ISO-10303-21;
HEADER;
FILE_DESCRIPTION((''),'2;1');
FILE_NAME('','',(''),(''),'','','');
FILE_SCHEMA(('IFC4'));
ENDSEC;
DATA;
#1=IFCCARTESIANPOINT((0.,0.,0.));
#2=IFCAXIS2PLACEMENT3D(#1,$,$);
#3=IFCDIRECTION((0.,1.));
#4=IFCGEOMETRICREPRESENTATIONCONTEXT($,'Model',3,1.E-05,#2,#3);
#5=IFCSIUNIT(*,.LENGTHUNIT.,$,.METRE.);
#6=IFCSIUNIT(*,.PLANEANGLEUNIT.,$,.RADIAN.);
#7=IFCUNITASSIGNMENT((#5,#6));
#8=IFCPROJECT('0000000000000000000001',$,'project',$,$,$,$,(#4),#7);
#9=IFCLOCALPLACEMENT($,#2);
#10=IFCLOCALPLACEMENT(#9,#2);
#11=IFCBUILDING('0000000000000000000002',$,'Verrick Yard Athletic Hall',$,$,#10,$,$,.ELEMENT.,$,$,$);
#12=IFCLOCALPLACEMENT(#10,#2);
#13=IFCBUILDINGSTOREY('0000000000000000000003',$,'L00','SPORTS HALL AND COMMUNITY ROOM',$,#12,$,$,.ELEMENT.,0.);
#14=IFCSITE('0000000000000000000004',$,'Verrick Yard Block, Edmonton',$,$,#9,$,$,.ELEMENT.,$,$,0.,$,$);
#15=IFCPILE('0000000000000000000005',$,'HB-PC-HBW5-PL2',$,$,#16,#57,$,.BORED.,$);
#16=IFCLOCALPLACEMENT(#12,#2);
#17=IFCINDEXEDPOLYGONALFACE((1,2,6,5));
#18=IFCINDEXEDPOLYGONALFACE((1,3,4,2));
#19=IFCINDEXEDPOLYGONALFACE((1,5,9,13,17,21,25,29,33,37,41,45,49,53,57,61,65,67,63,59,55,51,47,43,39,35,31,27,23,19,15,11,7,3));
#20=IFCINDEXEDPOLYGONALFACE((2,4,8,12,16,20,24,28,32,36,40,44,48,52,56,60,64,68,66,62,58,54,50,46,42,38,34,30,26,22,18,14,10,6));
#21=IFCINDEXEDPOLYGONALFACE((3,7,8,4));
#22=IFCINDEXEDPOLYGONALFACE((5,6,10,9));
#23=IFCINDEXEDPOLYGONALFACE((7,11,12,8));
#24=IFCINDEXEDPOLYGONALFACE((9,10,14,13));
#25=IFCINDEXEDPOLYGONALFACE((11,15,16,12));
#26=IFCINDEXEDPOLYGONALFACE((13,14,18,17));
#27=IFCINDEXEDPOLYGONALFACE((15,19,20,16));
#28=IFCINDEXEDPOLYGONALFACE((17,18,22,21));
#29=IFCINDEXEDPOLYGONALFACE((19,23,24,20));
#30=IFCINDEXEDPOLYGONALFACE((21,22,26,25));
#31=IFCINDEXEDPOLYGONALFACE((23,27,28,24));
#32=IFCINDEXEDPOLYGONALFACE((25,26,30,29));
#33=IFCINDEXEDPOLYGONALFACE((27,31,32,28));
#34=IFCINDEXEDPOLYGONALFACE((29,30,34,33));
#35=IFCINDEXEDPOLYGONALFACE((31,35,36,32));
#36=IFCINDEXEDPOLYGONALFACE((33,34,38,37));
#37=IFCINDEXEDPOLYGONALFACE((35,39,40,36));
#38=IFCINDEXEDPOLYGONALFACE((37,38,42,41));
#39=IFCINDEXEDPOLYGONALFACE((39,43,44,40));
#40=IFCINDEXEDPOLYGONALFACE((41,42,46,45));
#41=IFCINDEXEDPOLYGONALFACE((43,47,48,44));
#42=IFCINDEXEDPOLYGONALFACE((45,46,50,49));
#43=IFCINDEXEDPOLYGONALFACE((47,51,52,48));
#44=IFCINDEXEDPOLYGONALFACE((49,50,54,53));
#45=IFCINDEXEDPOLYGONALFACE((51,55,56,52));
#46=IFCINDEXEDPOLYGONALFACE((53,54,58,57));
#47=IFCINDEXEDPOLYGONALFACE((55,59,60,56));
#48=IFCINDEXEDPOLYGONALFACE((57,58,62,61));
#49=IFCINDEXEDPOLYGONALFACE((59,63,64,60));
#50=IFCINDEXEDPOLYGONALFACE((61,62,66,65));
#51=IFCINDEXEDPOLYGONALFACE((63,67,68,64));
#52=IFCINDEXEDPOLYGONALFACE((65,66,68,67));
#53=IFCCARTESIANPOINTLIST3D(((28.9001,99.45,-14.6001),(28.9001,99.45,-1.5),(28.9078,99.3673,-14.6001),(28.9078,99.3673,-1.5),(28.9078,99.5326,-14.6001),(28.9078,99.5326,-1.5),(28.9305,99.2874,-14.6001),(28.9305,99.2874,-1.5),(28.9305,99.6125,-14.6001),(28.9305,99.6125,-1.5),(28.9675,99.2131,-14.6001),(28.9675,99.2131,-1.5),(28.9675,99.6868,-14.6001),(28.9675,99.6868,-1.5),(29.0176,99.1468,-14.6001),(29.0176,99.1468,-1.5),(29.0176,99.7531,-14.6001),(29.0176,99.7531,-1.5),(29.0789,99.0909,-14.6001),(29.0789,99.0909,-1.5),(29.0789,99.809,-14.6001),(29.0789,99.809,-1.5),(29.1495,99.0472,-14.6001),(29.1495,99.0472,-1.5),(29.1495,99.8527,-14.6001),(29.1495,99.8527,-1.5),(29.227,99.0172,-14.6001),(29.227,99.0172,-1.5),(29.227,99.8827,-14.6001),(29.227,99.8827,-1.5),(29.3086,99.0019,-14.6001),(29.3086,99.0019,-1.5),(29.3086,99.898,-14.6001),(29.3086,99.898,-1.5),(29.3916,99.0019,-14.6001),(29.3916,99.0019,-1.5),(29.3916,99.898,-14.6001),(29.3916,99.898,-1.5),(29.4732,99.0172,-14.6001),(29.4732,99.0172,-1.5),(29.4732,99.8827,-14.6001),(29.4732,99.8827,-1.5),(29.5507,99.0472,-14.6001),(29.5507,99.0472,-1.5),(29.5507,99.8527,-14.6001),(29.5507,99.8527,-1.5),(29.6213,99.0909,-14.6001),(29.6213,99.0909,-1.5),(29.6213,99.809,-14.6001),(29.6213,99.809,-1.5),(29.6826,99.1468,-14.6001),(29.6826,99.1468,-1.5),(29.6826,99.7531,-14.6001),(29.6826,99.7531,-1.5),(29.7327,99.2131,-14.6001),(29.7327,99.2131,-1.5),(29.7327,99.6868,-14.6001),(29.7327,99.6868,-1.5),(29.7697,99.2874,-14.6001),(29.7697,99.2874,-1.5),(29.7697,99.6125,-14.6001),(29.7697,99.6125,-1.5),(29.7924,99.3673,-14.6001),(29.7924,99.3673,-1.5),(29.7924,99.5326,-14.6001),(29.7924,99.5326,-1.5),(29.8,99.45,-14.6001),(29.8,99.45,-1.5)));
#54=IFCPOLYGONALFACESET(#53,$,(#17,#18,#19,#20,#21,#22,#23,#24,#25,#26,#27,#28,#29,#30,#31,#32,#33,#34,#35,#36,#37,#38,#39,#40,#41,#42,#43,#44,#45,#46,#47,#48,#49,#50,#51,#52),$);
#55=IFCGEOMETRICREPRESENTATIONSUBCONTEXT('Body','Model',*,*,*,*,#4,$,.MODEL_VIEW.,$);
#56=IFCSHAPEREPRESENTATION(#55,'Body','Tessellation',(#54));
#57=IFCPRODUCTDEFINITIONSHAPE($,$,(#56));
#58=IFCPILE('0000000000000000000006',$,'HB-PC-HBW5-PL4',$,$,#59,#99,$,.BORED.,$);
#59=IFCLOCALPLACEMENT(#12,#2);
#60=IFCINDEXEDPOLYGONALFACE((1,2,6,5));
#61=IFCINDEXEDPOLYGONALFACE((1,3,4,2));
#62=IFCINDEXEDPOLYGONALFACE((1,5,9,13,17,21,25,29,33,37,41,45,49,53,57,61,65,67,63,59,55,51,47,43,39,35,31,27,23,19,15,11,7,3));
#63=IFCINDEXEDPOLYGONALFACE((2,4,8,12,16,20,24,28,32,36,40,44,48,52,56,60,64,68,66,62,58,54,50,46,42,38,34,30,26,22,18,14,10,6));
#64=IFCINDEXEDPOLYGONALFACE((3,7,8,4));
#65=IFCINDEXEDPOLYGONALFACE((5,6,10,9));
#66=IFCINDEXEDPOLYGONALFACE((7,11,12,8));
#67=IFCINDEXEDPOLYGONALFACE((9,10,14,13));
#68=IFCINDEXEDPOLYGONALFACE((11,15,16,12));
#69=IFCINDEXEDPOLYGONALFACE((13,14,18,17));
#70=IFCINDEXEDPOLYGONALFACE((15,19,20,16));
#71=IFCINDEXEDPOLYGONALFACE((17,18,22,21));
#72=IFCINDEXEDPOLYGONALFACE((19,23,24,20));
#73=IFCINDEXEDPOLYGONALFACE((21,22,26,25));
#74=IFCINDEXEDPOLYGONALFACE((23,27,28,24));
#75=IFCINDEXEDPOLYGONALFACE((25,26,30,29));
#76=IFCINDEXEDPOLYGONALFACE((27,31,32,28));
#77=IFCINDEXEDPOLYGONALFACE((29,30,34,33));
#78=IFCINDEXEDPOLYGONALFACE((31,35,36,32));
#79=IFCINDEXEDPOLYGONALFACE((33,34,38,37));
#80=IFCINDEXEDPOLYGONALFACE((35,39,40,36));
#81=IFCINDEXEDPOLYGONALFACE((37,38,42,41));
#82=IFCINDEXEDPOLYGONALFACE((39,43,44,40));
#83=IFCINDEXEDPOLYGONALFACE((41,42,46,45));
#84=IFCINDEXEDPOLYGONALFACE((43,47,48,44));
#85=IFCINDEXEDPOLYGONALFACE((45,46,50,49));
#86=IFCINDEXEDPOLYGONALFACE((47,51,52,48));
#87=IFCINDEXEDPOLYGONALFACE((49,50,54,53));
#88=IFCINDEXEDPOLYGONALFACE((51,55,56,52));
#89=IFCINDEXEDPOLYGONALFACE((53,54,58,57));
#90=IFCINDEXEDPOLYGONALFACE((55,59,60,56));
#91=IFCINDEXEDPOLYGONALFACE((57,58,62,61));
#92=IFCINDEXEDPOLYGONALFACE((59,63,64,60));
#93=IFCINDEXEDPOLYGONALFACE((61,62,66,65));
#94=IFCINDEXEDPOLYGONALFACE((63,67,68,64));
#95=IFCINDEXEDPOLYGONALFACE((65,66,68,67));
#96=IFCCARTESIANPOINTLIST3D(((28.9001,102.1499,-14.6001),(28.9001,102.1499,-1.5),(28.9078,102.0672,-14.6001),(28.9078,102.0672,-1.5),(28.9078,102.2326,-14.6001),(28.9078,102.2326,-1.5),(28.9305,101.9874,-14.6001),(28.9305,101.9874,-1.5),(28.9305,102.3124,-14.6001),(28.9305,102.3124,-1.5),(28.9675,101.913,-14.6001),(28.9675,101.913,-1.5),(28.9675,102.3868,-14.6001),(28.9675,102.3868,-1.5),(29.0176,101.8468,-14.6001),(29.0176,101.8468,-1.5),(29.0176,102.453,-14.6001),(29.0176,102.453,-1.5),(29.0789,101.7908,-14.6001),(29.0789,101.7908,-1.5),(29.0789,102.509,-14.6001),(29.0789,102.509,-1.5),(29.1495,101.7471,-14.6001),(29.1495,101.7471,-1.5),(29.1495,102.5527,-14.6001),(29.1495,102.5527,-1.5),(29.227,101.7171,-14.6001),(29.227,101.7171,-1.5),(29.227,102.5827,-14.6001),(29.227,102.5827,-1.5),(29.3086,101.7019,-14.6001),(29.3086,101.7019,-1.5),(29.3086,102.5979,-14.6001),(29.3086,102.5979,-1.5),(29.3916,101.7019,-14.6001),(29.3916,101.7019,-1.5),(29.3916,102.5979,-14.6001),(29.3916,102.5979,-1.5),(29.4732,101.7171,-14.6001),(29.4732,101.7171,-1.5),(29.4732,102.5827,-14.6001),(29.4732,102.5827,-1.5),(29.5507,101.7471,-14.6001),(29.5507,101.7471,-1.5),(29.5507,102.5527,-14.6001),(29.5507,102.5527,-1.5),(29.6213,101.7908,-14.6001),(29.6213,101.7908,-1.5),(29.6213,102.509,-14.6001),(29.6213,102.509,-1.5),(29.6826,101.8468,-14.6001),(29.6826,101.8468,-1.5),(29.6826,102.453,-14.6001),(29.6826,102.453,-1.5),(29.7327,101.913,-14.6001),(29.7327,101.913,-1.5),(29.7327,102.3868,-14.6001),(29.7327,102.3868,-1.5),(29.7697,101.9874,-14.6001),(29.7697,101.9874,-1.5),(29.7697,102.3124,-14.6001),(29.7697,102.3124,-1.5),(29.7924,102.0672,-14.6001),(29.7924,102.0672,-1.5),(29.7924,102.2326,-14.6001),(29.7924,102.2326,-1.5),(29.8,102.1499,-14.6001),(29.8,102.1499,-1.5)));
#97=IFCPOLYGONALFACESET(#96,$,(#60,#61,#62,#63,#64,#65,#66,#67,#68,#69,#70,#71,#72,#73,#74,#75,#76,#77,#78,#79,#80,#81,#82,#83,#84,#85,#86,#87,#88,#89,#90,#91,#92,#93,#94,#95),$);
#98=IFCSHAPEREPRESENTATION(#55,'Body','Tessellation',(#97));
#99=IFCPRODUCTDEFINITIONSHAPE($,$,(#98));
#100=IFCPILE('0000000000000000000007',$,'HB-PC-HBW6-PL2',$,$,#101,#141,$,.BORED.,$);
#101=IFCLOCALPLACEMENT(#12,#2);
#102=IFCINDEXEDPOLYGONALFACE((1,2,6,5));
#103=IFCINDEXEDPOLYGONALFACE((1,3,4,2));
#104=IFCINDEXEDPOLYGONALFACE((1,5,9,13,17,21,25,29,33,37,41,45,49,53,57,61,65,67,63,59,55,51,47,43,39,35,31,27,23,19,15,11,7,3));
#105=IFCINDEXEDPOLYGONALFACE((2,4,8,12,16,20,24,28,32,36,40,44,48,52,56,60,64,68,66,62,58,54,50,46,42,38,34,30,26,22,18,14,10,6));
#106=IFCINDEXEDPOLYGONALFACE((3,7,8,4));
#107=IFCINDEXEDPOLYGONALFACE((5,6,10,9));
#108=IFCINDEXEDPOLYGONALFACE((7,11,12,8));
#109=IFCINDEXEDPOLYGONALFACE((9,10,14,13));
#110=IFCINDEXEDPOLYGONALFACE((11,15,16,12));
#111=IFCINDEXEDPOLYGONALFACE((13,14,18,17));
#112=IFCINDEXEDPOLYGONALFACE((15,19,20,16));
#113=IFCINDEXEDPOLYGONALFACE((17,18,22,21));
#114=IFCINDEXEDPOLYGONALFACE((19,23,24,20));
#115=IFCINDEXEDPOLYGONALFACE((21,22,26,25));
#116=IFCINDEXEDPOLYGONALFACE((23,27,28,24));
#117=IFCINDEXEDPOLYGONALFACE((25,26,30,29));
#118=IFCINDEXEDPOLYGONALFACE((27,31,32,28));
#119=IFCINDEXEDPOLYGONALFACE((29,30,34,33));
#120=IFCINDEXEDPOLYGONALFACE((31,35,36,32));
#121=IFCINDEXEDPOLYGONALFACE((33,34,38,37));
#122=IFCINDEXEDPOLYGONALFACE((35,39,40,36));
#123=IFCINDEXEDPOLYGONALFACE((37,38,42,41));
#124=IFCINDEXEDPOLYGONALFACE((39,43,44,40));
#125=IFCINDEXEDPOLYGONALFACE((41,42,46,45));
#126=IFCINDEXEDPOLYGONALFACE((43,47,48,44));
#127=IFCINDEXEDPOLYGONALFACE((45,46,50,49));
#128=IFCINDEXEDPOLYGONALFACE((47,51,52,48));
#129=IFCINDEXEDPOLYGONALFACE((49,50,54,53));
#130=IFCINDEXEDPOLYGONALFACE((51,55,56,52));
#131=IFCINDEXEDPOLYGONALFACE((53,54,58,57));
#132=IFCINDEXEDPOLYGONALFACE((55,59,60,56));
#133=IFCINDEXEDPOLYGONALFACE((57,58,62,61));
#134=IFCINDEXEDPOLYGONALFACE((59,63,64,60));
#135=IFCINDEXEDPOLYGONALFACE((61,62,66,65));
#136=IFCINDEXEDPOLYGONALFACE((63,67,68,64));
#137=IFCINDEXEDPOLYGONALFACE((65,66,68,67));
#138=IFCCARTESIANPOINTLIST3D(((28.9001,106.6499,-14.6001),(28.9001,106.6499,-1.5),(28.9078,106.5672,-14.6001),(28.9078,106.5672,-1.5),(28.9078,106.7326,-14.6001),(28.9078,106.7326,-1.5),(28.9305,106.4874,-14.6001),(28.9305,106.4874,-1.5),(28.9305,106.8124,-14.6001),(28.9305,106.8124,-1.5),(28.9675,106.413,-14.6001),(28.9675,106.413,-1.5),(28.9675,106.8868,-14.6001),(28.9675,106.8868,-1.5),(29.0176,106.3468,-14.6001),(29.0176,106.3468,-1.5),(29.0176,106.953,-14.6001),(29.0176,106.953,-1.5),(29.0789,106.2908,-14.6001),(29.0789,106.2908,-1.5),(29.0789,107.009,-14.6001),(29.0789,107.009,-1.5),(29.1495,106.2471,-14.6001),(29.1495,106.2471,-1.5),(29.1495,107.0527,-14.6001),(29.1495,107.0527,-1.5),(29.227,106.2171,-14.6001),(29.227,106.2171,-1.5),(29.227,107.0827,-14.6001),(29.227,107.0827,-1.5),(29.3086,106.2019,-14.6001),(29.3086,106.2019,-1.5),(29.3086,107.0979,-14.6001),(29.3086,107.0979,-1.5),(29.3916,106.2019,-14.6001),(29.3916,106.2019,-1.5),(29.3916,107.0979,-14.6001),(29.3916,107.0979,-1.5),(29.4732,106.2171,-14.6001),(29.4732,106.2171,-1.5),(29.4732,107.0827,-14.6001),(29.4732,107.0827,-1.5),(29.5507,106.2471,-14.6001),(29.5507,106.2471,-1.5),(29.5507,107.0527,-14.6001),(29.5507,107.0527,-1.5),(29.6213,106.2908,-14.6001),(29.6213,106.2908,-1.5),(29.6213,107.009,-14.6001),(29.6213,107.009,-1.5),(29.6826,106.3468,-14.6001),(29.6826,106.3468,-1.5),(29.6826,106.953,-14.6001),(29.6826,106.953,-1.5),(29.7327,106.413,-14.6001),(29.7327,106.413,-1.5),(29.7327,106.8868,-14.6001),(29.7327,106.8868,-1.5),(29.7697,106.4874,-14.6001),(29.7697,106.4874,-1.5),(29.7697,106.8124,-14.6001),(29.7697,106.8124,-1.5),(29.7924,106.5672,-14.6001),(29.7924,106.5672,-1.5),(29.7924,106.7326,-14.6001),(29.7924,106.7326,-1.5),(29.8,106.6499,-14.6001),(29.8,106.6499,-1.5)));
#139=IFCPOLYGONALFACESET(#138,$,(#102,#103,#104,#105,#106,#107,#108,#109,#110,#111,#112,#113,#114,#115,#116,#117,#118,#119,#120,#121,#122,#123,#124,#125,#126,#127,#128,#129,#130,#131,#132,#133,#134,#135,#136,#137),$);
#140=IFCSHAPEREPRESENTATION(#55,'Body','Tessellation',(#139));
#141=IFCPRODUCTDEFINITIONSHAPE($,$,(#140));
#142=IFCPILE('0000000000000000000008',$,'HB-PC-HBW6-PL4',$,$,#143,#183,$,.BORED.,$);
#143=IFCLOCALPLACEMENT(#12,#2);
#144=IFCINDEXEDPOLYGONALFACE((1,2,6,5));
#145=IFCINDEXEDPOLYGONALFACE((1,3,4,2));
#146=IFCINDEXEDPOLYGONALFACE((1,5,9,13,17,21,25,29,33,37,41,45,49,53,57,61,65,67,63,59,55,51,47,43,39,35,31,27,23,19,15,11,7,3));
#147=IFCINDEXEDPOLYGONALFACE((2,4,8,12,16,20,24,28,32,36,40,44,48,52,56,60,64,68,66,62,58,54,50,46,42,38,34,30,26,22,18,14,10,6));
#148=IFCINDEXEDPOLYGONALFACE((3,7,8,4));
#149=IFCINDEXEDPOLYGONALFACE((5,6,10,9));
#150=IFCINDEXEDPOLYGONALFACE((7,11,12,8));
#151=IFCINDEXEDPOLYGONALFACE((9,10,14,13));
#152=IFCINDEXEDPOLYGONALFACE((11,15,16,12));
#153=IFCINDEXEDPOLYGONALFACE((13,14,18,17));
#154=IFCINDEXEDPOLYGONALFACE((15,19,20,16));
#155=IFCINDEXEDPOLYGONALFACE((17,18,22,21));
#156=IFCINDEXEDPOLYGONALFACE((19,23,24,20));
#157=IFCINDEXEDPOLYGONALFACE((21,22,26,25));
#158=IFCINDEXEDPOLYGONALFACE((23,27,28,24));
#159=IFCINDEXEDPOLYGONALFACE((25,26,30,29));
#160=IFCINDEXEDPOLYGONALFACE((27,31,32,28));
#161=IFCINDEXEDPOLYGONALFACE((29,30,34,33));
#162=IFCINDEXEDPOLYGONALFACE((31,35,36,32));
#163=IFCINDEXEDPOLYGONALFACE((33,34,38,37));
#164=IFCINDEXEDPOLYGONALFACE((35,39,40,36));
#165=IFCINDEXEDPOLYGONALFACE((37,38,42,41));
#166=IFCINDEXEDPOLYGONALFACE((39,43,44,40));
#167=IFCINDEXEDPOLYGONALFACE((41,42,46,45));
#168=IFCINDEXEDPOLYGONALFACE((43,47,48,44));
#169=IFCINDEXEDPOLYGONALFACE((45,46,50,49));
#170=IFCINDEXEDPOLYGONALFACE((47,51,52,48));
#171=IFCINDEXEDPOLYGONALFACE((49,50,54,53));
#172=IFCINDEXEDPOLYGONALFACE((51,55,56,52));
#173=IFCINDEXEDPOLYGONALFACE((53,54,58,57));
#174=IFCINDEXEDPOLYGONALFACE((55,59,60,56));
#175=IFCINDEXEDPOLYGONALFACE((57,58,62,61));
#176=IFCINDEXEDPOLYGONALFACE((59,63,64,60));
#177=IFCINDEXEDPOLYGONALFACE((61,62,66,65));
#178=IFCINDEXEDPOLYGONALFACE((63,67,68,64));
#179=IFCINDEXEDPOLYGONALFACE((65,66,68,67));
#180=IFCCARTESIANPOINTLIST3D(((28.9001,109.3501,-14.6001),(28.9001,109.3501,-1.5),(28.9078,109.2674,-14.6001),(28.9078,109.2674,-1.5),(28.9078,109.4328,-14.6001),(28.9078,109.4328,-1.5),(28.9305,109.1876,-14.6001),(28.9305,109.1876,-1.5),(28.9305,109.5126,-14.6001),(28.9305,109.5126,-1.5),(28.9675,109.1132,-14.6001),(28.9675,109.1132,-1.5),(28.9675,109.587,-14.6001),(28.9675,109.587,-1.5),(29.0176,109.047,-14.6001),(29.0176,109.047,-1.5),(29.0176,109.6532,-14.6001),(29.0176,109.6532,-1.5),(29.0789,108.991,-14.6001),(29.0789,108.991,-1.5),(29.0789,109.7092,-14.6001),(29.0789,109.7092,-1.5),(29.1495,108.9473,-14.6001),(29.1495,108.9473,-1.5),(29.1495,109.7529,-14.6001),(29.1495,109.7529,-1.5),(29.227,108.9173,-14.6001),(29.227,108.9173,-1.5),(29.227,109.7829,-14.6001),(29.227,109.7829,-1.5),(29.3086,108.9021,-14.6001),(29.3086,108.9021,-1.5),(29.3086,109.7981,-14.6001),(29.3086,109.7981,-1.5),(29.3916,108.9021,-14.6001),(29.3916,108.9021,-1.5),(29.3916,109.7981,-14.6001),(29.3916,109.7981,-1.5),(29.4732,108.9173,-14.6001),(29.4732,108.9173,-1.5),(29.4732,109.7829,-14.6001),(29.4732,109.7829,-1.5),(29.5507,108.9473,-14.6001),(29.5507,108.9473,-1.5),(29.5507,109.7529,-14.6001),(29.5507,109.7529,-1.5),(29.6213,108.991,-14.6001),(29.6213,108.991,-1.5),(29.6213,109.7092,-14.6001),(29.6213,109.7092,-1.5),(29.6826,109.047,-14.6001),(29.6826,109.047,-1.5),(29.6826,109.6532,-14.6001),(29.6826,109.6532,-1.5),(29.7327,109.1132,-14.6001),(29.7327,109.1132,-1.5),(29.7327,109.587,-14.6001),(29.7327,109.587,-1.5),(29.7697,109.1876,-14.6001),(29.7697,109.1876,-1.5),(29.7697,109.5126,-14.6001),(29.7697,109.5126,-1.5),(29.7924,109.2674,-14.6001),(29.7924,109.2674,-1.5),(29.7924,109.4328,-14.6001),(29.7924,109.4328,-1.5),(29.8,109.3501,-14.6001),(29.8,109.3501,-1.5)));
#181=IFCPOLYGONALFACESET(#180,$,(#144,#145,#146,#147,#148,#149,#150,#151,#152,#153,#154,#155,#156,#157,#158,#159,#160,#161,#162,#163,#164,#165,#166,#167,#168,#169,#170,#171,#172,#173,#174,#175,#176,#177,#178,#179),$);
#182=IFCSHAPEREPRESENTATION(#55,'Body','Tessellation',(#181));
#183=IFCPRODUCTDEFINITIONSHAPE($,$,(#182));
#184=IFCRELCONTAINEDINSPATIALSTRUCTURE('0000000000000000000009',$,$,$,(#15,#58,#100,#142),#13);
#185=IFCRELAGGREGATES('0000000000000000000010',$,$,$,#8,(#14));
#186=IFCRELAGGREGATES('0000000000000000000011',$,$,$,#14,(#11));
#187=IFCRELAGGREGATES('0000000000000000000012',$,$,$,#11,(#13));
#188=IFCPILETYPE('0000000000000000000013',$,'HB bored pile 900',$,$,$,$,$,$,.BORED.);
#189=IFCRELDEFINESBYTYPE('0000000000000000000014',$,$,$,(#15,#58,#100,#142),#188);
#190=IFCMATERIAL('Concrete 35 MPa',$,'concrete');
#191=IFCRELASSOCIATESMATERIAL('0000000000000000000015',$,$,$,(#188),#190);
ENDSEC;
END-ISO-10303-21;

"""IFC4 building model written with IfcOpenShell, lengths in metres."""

from ifc_helpers import new_model, si_unit, direction, frame, origin, origin_2d, place, context, subcontext, project, spatial, circle, extrude, material, material_profile, profile_set, type_object, element, save


model = new_model("IFC4")

# Units and contexts
model_context = context("Model", 3, precision=1e-05, world=origin(), true_north=direction((0.0, 1.0)))
body_context = subcontext(model_context, "Body", "Model", "MODEL_VIEW")
ifc_project = project(units=[si_unit("LENGTHUNIT", "METRE"), si_unit("PLANEANGLEUNIT", "RADIAN")], contexts=[model_context])

# Site, building, storey
site_placement = place(None, origin())
site = spatial("IfcSite", under=ifc_project, at=site_placement, Name="Verrick Yard Block, Edmonton", CompositionType="ELEMENT", RefElevation=0.0)
building_placement = place(site_placement, origin())
building = spatial("IfcBuilding", under=site, at=building_placement, Name="Verrick Yard Athletic Hall", CompositionType="ELEMENT")
storey_placement = place(building_placement, origin())
storey = spatial("IfcBuildingStorey", under=building, at=storey_placement, Name="L00", Description="SPORTS HALL AND COMMUNITY ROOM", CompositionType="ELEMENT", Elevation=0.0)

# Piles
ifc_material_1 = material(Name="Concrete 35 MPa", Category="concrete")
ifc_material_profile_1 = material_profile(ifc_material_1, circle(Radius=0.45, at=origin_2d()), Name="Bored pile 900")
ifc_profile_set_1 = profile_set([ifc_material_profile_1], Name="Concrete 35 MPa")
pile_type = type_object("IfcPileType", Name="HB bored pile 900", PredefinedType="BORED", material=ifc_profile_set_1)
for number, where, z_axis, x_axis, name in (
    (1, (29.3501, 99.45, -1.5), (0.0, 0.0, -1.0), (1.0, 0.0, 0.0), "HB-PC-HBW5-PL2"),
    (2, (29.3501, 102.1499, -1.5), (0.0, 0.0, -1.0), (1.0, 0.0, 0.0), "HB-PC-HBW5-PL4"),
    (3, (29.3501, 106.6499, -1.5), (0.0, 0.0, -1.0), (1.0, 0.0, 0.0), "HB-PC-HBW6-PL2"),
    (4, (29.3501, 109.3501, -1.5), (0.0, 0.0, -1.0), (1.0, 0.0, 0.0), "HB-PC-HBW6-PL4"),
):
    element("IfcPile", number, at=place(storey_placement, frame(where, z_axis=z_axis, x_axis=x_axis)), inside=storey, type_object=pile_type, Name=name, PredefinedType="BORED", context=body_context, shape_type="SweptSolid", body=[
        extrude(circle(Radius=0.45, at=origin_2d()), origin(), (0.0, 0.0, 1.0), 13.1001),
    ])

save(model, "model.ifc")
